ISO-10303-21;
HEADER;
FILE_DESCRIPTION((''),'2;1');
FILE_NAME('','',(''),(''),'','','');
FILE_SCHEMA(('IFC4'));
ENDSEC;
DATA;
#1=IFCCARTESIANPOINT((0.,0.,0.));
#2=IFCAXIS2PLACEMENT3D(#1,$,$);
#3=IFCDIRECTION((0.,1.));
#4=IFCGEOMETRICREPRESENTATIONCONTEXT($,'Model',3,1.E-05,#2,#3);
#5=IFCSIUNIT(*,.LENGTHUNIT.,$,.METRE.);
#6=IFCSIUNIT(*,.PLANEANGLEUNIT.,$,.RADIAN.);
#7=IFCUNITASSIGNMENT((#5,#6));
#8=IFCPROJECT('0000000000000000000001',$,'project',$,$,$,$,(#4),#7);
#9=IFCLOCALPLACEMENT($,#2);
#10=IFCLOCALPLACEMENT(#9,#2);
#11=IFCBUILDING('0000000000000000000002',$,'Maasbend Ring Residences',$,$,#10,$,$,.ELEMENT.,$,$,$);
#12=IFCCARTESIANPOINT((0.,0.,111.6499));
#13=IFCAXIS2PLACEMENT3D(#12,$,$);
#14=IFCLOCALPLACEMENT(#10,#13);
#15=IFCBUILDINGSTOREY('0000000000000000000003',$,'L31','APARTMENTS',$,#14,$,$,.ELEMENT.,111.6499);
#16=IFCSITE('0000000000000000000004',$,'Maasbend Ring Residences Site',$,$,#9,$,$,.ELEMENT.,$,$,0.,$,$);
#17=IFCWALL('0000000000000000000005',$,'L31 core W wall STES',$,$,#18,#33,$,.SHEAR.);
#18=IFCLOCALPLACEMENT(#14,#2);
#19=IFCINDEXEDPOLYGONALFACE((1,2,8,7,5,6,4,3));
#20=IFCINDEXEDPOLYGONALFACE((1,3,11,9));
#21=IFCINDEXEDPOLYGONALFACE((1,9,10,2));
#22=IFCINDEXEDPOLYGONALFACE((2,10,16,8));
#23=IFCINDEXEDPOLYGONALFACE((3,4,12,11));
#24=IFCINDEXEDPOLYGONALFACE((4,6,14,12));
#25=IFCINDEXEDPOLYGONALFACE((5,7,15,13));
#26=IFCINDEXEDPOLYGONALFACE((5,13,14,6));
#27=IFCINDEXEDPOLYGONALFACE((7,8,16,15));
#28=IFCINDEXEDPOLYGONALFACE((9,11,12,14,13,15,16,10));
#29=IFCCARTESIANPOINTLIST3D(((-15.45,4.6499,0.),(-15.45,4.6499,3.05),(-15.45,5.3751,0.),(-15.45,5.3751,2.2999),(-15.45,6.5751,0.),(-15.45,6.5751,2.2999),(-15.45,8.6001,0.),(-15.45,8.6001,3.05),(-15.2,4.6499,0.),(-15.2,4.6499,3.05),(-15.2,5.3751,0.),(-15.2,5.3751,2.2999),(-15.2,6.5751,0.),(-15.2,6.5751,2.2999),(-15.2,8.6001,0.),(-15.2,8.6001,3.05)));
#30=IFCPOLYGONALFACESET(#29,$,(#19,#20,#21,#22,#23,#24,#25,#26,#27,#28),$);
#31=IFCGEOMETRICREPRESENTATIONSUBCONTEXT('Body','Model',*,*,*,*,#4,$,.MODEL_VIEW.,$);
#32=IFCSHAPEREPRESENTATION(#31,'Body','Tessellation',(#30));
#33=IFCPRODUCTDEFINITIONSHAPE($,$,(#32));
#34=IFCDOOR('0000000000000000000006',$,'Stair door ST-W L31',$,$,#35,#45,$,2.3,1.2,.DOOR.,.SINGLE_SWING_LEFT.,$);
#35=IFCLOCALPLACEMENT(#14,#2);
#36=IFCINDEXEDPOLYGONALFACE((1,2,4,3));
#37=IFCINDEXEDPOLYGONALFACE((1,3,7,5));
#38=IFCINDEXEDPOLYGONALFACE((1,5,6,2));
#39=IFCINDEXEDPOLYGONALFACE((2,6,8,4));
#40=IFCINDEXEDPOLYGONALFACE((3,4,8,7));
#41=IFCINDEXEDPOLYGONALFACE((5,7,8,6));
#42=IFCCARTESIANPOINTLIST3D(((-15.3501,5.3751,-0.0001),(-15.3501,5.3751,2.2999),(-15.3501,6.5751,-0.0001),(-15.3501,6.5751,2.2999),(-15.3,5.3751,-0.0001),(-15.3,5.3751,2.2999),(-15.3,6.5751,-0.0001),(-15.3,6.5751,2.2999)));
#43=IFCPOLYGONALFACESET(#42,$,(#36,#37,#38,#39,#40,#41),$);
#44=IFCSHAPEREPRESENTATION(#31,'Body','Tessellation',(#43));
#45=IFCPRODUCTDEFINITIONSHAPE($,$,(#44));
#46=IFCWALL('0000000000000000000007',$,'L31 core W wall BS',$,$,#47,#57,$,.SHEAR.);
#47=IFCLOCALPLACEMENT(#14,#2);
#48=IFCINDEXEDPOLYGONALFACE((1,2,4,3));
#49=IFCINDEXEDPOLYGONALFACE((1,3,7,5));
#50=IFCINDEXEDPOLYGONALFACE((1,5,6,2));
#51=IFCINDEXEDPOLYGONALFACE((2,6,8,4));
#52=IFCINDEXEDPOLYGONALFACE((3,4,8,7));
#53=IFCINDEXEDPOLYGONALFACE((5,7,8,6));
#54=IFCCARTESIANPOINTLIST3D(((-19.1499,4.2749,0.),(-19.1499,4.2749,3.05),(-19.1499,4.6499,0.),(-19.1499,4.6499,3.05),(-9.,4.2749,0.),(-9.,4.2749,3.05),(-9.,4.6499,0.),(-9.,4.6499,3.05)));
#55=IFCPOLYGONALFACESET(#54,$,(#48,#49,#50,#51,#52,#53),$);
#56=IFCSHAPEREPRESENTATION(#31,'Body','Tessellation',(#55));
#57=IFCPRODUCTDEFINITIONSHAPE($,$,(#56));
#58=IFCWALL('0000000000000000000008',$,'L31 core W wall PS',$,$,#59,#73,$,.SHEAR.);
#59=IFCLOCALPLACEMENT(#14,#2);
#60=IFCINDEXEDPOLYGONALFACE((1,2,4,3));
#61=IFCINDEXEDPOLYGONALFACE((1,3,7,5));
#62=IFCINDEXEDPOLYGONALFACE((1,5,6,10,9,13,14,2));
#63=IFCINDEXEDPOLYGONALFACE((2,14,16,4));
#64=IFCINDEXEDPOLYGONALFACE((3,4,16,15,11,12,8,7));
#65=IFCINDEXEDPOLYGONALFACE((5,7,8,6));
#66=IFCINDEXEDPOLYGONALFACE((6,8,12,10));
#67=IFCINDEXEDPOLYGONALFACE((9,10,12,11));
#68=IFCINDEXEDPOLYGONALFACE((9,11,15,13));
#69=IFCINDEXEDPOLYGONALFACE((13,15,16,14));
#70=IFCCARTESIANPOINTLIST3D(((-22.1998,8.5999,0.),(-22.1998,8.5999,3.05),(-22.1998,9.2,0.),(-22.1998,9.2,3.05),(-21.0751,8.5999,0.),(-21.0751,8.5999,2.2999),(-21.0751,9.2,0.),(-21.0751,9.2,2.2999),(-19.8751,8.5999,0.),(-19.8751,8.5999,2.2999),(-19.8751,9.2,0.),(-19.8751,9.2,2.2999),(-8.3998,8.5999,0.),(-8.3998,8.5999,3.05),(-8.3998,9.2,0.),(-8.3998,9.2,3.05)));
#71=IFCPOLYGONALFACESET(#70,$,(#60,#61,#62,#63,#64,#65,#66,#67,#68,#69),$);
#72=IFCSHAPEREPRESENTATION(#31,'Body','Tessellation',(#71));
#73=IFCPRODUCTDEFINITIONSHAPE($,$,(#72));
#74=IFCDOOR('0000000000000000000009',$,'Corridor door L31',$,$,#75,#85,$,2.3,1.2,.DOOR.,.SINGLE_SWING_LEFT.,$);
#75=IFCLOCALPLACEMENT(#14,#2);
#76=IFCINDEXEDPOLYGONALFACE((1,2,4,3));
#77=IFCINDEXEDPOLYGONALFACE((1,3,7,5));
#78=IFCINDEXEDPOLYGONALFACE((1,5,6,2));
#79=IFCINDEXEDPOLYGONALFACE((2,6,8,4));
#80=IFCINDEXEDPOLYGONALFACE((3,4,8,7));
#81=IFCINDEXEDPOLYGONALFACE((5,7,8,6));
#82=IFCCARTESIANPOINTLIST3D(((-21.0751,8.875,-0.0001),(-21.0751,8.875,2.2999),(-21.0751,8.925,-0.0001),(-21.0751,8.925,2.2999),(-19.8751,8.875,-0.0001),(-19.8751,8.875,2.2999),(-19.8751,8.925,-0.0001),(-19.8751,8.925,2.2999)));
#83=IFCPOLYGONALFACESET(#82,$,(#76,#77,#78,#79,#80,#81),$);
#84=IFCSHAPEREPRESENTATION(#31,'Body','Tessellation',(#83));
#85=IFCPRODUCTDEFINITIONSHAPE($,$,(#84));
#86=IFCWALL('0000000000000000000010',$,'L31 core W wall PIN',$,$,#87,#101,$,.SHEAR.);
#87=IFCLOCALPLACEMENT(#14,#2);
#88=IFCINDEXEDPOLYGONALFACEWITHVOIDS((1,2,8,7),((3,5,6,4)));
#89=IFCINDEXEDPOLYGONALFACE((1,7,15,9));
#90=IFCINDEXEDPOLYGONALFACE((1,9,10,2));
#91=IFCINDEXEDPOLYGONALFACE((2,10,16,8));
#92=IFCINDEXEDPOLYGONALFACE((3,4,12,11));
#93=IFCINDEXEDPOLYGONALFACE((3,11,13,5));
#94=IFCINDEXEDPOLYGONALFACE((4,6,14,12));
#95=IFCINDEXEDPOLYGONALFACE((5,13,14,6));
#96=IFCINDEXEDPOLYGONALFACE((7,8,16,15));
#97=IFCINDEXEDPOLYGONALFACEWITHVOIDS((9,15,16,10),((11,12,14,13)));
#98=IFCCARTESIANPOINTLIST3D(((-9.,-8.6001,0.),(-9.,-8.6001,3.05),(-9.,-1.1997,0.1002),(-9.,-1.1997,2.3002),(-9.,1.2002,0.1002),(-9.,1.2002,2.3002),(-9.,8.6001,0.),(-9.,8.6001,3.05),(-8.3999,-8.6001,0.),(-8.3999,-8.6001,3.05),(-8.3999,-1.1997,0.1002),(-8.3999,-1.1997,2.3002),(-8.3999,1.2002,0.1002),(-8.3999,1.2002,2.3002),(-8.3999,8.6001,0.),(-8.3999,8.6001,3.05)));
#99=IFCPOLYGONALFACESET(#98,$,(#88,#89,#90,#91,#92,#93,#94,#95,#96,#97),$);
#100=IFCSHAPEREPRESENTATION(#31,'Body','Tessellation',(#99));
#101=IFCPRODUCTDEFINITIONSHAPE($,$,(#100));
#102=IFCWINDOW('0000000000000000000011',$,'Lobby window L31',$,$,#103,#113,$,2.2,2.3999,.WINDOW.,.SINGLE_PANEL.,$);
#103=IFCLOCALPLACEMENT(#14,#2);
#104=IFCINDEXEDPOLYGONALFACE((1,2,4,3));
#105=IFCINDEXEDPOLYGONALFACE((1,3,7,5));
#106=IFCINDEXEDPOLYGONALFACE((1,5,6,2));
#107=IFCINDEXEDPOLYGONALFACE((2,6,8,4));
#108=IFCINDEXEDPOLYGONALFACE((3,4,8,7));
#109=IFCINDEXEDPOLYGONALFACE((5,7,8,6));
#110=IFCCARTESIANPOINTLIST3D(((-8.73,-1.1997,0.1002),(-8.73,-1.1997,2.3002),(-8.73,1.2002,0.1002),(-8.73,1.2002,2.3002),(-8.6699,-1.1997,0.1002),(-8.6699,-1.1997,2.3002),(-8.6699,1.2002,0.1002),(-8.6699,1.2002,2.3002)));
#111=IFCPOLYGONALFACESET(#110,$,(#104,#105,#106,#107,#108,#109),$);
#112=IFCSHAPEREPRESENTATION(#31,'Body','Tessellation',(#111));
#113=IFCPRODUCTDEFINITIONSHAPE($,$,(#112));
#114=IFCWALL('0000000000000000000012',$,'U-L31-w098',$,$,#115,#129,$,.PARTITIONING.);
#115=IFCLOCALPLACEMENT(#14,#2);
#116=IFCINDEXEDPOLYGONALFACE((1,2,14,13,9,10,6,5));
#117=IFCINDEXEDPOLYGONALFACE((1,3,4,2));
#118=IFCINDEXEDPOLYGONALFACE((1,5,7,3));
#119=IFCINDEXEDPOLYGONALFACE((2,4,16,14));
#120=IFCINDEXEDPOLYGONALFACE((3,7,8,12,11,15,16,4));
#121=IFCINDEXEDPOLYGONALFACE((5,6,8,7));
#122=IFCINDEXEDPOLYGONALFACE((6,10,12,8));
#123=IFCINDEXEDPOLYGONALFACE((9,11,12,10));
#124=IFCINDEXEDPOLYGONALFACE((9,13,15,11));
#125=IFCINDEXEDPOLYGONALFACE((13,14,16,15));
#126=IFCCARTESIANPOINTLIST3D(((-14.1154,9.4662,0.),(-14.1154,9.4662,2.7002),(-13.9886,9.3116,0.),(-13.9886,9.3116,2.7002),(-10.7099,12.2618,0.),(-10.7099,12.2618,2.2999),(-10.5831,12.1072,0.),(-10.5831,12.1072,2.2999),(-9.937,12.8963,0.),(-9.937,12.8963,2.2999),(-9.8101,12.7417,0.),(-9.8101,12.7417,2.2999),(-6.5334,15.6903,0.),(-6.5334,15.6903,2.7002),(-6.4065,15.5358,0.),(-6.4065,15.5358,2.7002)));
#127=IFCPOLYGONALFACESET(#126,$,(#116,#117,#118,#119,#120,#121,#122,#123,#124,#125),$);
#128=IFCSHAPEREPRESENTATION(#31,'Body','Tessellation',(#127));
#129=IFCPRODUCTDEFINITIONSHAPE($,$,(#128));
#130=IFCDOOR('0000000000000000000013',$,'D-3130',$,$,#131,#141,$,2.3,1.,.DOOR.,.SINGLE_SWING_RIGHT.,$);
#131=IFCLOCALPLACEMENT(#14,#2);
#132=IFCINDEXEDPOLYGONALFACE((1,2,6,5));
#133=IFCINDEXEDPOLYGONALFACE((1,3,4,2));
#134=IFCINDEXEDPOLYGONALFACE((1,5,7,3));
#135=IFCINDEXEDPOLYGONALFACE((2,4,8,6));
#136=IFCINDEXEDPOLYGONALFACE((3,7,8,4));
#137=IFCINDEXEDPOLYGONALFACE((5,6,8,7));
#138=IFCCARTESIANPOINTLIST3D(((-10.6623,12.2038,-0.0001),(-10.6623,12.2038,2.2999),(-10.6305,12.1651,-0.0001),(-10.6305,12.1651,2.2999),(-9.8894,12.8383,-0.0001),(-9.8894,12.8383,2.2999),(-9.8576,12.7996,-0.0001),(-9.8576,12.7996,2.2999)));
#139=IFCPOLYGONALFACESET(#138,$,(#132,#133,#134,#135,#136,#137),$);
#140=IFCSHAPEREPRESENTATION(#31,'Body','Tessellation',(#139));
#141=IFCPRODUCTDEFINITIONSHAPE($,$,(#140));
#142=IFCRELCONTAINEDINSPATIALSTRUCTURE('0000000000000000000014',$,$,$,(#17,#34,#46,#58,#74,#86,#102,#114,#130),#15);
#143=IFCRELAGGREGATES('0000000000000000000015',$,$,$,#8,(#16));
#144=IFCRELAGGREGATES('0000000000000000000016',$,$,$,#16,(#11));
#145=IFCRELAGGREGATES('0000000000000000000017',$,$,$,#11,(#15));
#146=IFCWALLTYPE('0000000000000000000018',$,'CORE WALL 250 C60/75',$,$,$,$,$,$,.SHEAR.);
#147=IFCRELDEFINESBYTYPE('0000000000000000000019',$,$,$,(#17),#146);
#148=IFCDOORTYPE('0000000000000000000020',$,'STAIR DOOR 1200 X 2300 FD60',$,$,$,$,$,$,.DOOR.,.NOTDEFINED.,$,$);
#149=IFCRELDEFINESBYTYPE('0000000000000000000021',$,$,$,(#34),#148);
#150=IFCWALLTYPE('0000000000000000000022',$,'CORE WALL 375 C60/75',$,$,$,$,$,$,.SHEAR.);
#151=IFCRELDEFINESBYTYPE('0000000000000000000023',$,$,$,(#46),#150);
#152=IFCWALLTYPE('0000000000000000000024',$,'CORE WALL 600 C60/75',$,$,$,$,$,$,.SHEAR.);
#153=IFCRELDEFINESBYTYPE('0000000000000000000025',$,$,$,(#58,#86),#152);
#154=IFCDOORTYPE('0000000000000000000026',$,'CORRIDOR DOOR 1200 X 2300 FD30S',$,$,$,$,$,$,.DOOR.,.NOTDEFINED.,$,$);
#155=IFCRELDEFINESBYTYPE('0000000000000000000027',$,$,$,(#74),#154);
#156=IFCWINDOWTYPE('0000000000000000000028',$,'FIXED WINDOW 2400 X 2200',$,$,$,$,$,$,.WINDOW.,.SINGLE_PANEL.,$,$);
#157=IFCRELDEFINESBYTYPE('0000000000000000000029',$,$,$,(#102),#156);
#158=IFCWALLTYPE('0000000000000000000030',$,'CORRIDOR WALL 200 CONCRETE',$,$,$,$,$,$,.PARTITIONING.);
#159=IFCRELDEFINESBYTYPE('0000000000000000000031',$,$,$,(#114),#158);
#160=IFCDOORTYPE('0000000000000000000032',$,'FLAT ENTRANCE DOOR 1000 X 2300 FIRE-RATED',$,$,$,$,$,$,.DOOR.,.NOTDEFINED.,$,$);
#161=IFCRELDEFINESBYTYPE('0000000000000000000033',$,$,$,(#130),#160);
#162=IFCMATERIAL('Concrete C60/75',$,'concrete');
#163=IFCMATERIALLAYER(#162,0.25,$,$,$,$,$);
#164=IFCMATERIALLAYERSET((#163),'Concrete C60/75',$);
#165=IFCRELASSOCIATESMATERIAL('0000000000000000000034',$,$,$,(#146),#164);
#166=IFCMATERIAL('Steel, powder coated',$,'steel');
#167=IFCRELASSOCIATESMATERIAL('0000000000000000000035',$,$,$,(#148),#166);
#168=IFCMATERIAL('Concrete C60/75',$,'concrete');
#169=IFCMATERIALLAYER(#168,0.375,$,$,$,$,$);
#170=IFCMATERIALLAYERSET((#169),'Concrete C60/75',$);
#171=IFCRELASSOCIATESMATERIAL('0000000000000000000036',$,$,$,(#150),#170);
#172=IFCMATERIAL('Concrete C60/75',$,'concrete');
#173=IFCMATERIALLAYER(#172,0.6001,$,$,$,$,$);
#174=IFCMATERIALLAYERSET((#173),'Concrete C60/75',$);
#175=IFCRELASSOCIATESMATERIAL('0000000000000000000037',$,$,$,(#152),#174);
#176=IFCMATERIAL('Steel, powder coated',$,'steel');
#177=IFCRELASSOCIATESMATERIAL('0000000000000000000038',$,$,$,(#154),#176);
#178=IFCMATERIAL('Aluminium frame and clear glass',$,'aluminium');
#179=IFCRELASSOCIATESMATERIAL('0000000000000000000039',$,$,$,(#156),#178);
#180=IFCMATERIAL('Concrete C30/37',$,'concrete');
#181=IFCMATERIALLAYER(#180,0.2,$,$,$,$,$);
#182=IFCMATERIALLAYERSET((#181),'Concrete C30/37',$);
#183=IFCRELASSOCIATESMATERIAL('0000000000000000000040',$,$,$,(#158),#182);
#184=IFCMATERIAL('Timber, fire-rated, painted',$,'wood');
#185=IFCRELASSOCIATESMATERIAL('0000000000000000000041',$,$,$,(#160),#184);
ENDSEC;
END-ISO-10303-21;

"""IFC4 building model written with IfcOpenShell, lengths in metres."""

from ifc_helpers import new_model, si_unit, direction, frame, frame_2d, origin, place, context, subcontext, project, spatial, rectangle, extrude, material, layer, layer_set, type_object, element, fill, save


model = new_model("IFC4")

# Units and contexts
model_context = context("Model", 3, precision=1e-05, world=origin(), true_north=direction((0.0, 1.0)))
body_context = subcontext(model_context, "Body", "Model", "MODEL_VIEW")
ifc_project = project(units=[si_unit("LENGTHUNIT", "METRE"), si_unit("PLANEANGLEUNIT", "RADIAN")], contexts=[model_context])

# Site, building, storey
site_placement = place(None, origin())
site = spatial("IfcSite", under=ifc_project, at=site_placement, Name="Maasbend Ring Residences Site", CompositionType="ELEMENT", RefElevation=0.0)
building_placement = place(site_placement, origin())
building = spatial("IfcBuilding", under=site, at=building_placement, Name="Maasbend Ring Residences", CompositionType="ELEMENT")
storey_placement = place(building_placement, frame((0.0, 0.0, 111.6499)))
storey = spatial("IfcBuildingStorey", under=building, at=storey_placement, Name="L31", Description="APARTMENTS", CompositionType="ELEMENT", Elevation=111.6499)

# Wall, opening, door
ifc_material_1 = material(Name="Concrete C60/75", Category="concrete")
ifc_layer_1 = layer(ifc_material_1, 0.25)
ifc_layer_set_1 = layer_set([ifc_layer_1], Name="Concrete C60/75")
wall_type_1 = type_object("IfcWallType", Name="CORE WALL 250 C60/75", PredefinedType="SHEAR", material=ifc_layer_set_1)
wall_1_placement = place(storey_placement, frame((-15.325, 8.6001, 0.0), z_axis=(0.0, 0.0, 1.0), x_axis=(0.0, -1.0, 0.0)))
wall_1 = element("IfcWall", 1, at=wall_1_placement, inside=storey, type_object=wall_type_1, Name="L31 core W wall STES", PredefinedType="SHEAR", context=body_context, shape_type="SweptSolid", body=[
    extrude(rectangle(XDim=3.9502, YDim=0.25, at=frame_2d((1.9751, 0.0))), origin(), (0.0, 0.0, 1.0), 3.05),
])
opening_1_placement = place(wall_1_placement, frame((2.0249, 0.0, 0.0)))
opening_1 = element("IfcOpeningElement", 2, at=opening_1_placement, cuts=wall_1, PredefinedType="OPENING", context=body_context, shape_type="SweptSolid", body=[
    extrude(rectangle(XDim=1.2, YDim=2.3, at=frame_2d((0.6001, 1.1499))), frame((0.0, 0.135, 0.0), z_axis=(0.0, -1.0, 0.0), x_axis=(1.0, 0.0, 0.0)), (0.0, 0.0, 1.0), 0.27),
])
ifc_material_2 = material(Name="Steel, powder coated", Category="steel")
door_type_1 = type_object("IfcDoorType", Name="STAIR DOOR 1200 X 2300 FD60", OperationType="NOTDEFINED", PredefinedType="DOOR", material=ifc_material_2)
door_1_placement = place(opening_1_placement, origin())
door_1 = element("IfcDoor", 3, at=door_1_placement, inside=storey, type_object=door_type_1, Name="Stair door ST-W L31", OperationType="SINGLE_SWING_LEFT", OverallHeight=2.3, OverallWidth=1.2, PredefinedType="DOOR", context=body_context, shape_type="SweptSolid", body=[
    extrude(rectangle(XDim=1.2, YDim=2.3, at=frame_2d((0.6001, 1.1499))), frame((0.0, 0.0249, 0.0), z_axis=(0.0, -1.0, 0.0), x_axis=(1.0, 0.0, 0.0)), (0.0, 0.0, 1.0), 0.05),
])
fill(opening_1, door_1)

# Wall
ifc_material_3 = material(Name="Concrete C60/75", Category="concrete")
ifc_layer_2 = layer(ifc_material_3, 0.375)
ifc_layer_set_2 = layer_set([ifc_layer_2], Name="Concrete C60/75")
wall_type_2 = type_object("IfcWallType", Name="CORE WALL 375 C60/75", PredefinedType="SHEAR", material=ifc_layer_set_2)
wall_2_placement = place(storey_placement, frame((-9.0, 4.4624, 0.0), z_axis=(0.0, 0.0, 1.0), x_axis=(-1.0, 0.0, 0.0)))
element("IfcWall", 4, at=wall_2_placement, inside=storey, type_object=wall_type_2, Name="L31 core W wall BS", PredefinedType="SHEAR", context=body_context, shape_type="SweptSolid", body=[
    extrude(rectangle(XDim=10.1499, YDim=0.375, at=frame_2d((5.075, 0.0))), origin(), (0.0, 0.0, 1.0), 3.05),
])

# Wall, opening, door
ifc_material_4 = material(Name="Concrete C60/75", Category="concrete")
ifc_layer_3 = layer(ifc_material_4, 0.6001)
ifc_layer_set_3 = layer_set([ifc_layer_3], Name="Concrete C60/75")
wall_type_3 = type_object("IfcWallType", Name="CORE WALL 600 C60/75", PredefinedType="SHEAR", material=ifc_layer_set_3)
wall_3_placement = place(storey_placement, frame((-8.3999, 8.8999, 0.0), z_axis=(0.0, 0.0, 1.0), x_axis=(-1.0, 0.0, 0.0)))
wall_3 = element("IfcWall", 5, at=wall_3_placement, inside=storey, type_object=wall_type_3, Name="L31 core W wall PS", PredefinedType="SHEAR", context=body_context, shape_type="SweptSolid", body=[
    extrude(rectangle(XDim=13.8, YDim=0.6001, at=frame_2d((6.8999, 0.0))), origin(), (0.0, 0.0, 1.0), 3.05),
])
opening_2_placement = place(wall_3_placement, frame((11.4751, 0.0, 0.0)))
opening_2 = element("IfcOpeningElement", 6, at=opening_2_placement, cuts=wall_3, PredefinedType="OPENING", context=body_context, shape_type="SweptSolid", body=[
    extrude(rectangle(XDim=1.2, YDim=2.3, at=frame_2d((0.6001, 1.1499))), frame((0.0, 0.3101, 0.0), z_axis=(0.0, -1.0, 0.0), x_axis=(1.0, 0.0, 0.0)), (0.0, 0.0, 1.0), 0.6201),
])
ifc_material_5 = material(Name="Steel, powder coated", Category="steel")
door_type_2 = type_object("IfcDoorType", Name="CORRIDOR DOOR 1200 X 2300 FD30S", OperationType="NOTDEFINED", PredefinedType="DOOR", material=ifc_material_5)
door_2_placement = place(opening_2_placement, origin())
door_2 = element("IfcDoor", 7, at=door_2_placement, inside=storey, type_object=door_type_2, Name="Corridor door L31", OperationType="SINGLE_SWING_LEFT", OverallHeight=2.3, OverallWidth=1.2, PredefinedType="DOOR", context=body_context, shape_type="SweptSolid", body=[
    extrude(rectangle(XDim=1.2, YDim=2.3, at=frame_2d((0.6001, 1.1499))), frame((0.0, 0.0249, 0.0), z_axis=(0.0, -1.0, 0.0), x_axis=(1.0, 0.0, 0.0)), (0.0, 0.0, 1.0), 0.05),
])
fill(opening_2, door_2)

# Wall, opening, window
wall_4_placement = place(storey_placement, frame((-8.7, 8.6001, 0.0), z_axis=(0.0, 0.0, 1.0), x_axis=(0.0, -1.0, 0.0)))
wall_4 = element("IfcWall", 8, at=wall_4_placement, inside=storey, type_object=wall_type_3, Name="L31 core W wall PIN", PredefinedType="SHEAR", context=body_context, shape_type="SweptSolid", body=[
    extrude(rectangle(XDim=17.2002, YDim=0.6001, at=frame_2d((8.6001, 0.0))), origin(), (0.0, 0.0, 1.0), 3.05),
])
opening_3_placement = place(wall_4_placement, frame((7.3999, 0.0, 0.1001)))
opening_3 = element("IfcOpeningElement", 9, at=opening_3_placement, cuts=wall_4, PredefinedType="OPENING", context=body_context, shape_type="SweptSolid", body=[
    extrude(rectangle(XDim=2.3999, YDim=2.2, at=frame_2d((1.2, 1.1001))), frame((0.0, 0.3101, 0.0), z_axis=(0.0, -1.0, 0.0), x_axis=(1.0, 0.0, 0.0)), (0.0, 0.0, 1.0), 0.6201),
])
ifc_material_6 = material(Name="Aluminium frame and clear glass", Category="aluminium")
window_type = type_object("IfcWindowType", Name="FIXED WINDOW 2400 X 2200", PartitioningType="SINGLE_PANEL", PredefinedType="WINDOW", material=ifc_material_6)
window_placement = place(opening_3_placement, origin())
window = element("IfcWindow", 10, at=window_placement, inside=storey, type_object=window_type, Name="Lobby window L31", OverallHeight=2.2, OverallWidth=2.3999, PartitioningType="SINGLE_PANEL", PredefinedType="WINDOW", context=body_context, shape_type="SweptSolid", body=[
    extrude(rectangle(XDim=2.3999, YDim=2.2, at=frame_2d((1.2, 1.1001))), frame((0.0, 0.03, 0.0), z_axis=(0.0, -1.0, 0.0), x_axis=(1.0, 0.0, 0.0)), (0.0, 0.0, 1.0), 0.0601),
])
fill(opening_3, window)

# Wall, opening, door
ifc_material_7 = material(Name="Concrete C30/37", Category="concrete")
ifc_layer_4 = layer(ifc_material_7, 0.2)
ifc_layer_set_4 = layer_set([ifc_layer_4], Name="Concrete C30/37")
wall_type_4 = type_object("IfcWallType", Name="CORRIDOR WALL 200 CONCRETE", PredefinedType="PARTITIONING", material=ifc_layer_set_4)
wall_5_placement = place(storey_placement, frame((-14.052, 9.3889, 0.0), z_axis=(0.0, 0.0, 1.0), x_axis=(0.772925, 0.634497, 0.0)))
wall_5 = element("IfcWall", 11, at=wall_5_placement, inside=storey, type_object=wall_type_4, Name="U-L31-w098", PredefinedType="PARTITIONING", context=body_context, shape_type="SweptSolid", body=[
    extrude(rectangle(XDim=9.8096, YDim=0.2, at=frame_2d((4.9048, 0.0))), origin(), (0.0, 0.0, 1.0), 2.7002),
])
opening_4_placement = place(wall_5_placement, frame((4.406, 0.0, 0.0)))
opening_4 = element("IfcOpeningElement", 12, at=opening_4_placement, cuts=wall_5, PredefinedType="OPENING", context=body_context, shape_type="SweptSolid", body=[
    extrude(rectangle(XDim=1.0, YDim=2.3, at=frame_2d((0.5, 1.1499))), frame((0.0, 0.1099, 0.0), z_axis=(0.0, -1.0, 0.0), x_axis=(1.0, 0.0, 0.0)), (0.0, 0.0, 1.0), 0.22),
])
ifc_material_8 = material(Name="Timber, fire-rated, painted", Category="wood")
door_type_3 = type_object("IfcDoorType", Name="FLAT ENTRANCE DOOR 1000 X 2300 FIRE-RATED", OperationType="NOTDEFINED", PredefinedType="DOOR", material=ifc_material_8)
door_3_placement = place(opening_4_placement, origin())
door_3 = element("IfcDoor", 13, at=door_3_placement, inside=storey, type_object=door_type_3, Name="D-3130", OperationType="SINGLE_SWING_RIGHT", OverallHeight=2.3, OverallWidth=1.0, PredefinedType="DOOR", context=body_context, shape_type="SweptSolid", body=[
    extrude(rectangle(XDim=1.0, YDim=2.3, at=frame_2d((0.5, 1.1499))), frame((0.0, 0.0249, 0.0), z_axis=(0.0, -1.0, 0.0), x_axis=(1.0, 0.0, 0.0)), (0.0, 0.0, 1.0), 0.05),
])
fill(opening_4, door_3)

save(model, "model.ifc")
